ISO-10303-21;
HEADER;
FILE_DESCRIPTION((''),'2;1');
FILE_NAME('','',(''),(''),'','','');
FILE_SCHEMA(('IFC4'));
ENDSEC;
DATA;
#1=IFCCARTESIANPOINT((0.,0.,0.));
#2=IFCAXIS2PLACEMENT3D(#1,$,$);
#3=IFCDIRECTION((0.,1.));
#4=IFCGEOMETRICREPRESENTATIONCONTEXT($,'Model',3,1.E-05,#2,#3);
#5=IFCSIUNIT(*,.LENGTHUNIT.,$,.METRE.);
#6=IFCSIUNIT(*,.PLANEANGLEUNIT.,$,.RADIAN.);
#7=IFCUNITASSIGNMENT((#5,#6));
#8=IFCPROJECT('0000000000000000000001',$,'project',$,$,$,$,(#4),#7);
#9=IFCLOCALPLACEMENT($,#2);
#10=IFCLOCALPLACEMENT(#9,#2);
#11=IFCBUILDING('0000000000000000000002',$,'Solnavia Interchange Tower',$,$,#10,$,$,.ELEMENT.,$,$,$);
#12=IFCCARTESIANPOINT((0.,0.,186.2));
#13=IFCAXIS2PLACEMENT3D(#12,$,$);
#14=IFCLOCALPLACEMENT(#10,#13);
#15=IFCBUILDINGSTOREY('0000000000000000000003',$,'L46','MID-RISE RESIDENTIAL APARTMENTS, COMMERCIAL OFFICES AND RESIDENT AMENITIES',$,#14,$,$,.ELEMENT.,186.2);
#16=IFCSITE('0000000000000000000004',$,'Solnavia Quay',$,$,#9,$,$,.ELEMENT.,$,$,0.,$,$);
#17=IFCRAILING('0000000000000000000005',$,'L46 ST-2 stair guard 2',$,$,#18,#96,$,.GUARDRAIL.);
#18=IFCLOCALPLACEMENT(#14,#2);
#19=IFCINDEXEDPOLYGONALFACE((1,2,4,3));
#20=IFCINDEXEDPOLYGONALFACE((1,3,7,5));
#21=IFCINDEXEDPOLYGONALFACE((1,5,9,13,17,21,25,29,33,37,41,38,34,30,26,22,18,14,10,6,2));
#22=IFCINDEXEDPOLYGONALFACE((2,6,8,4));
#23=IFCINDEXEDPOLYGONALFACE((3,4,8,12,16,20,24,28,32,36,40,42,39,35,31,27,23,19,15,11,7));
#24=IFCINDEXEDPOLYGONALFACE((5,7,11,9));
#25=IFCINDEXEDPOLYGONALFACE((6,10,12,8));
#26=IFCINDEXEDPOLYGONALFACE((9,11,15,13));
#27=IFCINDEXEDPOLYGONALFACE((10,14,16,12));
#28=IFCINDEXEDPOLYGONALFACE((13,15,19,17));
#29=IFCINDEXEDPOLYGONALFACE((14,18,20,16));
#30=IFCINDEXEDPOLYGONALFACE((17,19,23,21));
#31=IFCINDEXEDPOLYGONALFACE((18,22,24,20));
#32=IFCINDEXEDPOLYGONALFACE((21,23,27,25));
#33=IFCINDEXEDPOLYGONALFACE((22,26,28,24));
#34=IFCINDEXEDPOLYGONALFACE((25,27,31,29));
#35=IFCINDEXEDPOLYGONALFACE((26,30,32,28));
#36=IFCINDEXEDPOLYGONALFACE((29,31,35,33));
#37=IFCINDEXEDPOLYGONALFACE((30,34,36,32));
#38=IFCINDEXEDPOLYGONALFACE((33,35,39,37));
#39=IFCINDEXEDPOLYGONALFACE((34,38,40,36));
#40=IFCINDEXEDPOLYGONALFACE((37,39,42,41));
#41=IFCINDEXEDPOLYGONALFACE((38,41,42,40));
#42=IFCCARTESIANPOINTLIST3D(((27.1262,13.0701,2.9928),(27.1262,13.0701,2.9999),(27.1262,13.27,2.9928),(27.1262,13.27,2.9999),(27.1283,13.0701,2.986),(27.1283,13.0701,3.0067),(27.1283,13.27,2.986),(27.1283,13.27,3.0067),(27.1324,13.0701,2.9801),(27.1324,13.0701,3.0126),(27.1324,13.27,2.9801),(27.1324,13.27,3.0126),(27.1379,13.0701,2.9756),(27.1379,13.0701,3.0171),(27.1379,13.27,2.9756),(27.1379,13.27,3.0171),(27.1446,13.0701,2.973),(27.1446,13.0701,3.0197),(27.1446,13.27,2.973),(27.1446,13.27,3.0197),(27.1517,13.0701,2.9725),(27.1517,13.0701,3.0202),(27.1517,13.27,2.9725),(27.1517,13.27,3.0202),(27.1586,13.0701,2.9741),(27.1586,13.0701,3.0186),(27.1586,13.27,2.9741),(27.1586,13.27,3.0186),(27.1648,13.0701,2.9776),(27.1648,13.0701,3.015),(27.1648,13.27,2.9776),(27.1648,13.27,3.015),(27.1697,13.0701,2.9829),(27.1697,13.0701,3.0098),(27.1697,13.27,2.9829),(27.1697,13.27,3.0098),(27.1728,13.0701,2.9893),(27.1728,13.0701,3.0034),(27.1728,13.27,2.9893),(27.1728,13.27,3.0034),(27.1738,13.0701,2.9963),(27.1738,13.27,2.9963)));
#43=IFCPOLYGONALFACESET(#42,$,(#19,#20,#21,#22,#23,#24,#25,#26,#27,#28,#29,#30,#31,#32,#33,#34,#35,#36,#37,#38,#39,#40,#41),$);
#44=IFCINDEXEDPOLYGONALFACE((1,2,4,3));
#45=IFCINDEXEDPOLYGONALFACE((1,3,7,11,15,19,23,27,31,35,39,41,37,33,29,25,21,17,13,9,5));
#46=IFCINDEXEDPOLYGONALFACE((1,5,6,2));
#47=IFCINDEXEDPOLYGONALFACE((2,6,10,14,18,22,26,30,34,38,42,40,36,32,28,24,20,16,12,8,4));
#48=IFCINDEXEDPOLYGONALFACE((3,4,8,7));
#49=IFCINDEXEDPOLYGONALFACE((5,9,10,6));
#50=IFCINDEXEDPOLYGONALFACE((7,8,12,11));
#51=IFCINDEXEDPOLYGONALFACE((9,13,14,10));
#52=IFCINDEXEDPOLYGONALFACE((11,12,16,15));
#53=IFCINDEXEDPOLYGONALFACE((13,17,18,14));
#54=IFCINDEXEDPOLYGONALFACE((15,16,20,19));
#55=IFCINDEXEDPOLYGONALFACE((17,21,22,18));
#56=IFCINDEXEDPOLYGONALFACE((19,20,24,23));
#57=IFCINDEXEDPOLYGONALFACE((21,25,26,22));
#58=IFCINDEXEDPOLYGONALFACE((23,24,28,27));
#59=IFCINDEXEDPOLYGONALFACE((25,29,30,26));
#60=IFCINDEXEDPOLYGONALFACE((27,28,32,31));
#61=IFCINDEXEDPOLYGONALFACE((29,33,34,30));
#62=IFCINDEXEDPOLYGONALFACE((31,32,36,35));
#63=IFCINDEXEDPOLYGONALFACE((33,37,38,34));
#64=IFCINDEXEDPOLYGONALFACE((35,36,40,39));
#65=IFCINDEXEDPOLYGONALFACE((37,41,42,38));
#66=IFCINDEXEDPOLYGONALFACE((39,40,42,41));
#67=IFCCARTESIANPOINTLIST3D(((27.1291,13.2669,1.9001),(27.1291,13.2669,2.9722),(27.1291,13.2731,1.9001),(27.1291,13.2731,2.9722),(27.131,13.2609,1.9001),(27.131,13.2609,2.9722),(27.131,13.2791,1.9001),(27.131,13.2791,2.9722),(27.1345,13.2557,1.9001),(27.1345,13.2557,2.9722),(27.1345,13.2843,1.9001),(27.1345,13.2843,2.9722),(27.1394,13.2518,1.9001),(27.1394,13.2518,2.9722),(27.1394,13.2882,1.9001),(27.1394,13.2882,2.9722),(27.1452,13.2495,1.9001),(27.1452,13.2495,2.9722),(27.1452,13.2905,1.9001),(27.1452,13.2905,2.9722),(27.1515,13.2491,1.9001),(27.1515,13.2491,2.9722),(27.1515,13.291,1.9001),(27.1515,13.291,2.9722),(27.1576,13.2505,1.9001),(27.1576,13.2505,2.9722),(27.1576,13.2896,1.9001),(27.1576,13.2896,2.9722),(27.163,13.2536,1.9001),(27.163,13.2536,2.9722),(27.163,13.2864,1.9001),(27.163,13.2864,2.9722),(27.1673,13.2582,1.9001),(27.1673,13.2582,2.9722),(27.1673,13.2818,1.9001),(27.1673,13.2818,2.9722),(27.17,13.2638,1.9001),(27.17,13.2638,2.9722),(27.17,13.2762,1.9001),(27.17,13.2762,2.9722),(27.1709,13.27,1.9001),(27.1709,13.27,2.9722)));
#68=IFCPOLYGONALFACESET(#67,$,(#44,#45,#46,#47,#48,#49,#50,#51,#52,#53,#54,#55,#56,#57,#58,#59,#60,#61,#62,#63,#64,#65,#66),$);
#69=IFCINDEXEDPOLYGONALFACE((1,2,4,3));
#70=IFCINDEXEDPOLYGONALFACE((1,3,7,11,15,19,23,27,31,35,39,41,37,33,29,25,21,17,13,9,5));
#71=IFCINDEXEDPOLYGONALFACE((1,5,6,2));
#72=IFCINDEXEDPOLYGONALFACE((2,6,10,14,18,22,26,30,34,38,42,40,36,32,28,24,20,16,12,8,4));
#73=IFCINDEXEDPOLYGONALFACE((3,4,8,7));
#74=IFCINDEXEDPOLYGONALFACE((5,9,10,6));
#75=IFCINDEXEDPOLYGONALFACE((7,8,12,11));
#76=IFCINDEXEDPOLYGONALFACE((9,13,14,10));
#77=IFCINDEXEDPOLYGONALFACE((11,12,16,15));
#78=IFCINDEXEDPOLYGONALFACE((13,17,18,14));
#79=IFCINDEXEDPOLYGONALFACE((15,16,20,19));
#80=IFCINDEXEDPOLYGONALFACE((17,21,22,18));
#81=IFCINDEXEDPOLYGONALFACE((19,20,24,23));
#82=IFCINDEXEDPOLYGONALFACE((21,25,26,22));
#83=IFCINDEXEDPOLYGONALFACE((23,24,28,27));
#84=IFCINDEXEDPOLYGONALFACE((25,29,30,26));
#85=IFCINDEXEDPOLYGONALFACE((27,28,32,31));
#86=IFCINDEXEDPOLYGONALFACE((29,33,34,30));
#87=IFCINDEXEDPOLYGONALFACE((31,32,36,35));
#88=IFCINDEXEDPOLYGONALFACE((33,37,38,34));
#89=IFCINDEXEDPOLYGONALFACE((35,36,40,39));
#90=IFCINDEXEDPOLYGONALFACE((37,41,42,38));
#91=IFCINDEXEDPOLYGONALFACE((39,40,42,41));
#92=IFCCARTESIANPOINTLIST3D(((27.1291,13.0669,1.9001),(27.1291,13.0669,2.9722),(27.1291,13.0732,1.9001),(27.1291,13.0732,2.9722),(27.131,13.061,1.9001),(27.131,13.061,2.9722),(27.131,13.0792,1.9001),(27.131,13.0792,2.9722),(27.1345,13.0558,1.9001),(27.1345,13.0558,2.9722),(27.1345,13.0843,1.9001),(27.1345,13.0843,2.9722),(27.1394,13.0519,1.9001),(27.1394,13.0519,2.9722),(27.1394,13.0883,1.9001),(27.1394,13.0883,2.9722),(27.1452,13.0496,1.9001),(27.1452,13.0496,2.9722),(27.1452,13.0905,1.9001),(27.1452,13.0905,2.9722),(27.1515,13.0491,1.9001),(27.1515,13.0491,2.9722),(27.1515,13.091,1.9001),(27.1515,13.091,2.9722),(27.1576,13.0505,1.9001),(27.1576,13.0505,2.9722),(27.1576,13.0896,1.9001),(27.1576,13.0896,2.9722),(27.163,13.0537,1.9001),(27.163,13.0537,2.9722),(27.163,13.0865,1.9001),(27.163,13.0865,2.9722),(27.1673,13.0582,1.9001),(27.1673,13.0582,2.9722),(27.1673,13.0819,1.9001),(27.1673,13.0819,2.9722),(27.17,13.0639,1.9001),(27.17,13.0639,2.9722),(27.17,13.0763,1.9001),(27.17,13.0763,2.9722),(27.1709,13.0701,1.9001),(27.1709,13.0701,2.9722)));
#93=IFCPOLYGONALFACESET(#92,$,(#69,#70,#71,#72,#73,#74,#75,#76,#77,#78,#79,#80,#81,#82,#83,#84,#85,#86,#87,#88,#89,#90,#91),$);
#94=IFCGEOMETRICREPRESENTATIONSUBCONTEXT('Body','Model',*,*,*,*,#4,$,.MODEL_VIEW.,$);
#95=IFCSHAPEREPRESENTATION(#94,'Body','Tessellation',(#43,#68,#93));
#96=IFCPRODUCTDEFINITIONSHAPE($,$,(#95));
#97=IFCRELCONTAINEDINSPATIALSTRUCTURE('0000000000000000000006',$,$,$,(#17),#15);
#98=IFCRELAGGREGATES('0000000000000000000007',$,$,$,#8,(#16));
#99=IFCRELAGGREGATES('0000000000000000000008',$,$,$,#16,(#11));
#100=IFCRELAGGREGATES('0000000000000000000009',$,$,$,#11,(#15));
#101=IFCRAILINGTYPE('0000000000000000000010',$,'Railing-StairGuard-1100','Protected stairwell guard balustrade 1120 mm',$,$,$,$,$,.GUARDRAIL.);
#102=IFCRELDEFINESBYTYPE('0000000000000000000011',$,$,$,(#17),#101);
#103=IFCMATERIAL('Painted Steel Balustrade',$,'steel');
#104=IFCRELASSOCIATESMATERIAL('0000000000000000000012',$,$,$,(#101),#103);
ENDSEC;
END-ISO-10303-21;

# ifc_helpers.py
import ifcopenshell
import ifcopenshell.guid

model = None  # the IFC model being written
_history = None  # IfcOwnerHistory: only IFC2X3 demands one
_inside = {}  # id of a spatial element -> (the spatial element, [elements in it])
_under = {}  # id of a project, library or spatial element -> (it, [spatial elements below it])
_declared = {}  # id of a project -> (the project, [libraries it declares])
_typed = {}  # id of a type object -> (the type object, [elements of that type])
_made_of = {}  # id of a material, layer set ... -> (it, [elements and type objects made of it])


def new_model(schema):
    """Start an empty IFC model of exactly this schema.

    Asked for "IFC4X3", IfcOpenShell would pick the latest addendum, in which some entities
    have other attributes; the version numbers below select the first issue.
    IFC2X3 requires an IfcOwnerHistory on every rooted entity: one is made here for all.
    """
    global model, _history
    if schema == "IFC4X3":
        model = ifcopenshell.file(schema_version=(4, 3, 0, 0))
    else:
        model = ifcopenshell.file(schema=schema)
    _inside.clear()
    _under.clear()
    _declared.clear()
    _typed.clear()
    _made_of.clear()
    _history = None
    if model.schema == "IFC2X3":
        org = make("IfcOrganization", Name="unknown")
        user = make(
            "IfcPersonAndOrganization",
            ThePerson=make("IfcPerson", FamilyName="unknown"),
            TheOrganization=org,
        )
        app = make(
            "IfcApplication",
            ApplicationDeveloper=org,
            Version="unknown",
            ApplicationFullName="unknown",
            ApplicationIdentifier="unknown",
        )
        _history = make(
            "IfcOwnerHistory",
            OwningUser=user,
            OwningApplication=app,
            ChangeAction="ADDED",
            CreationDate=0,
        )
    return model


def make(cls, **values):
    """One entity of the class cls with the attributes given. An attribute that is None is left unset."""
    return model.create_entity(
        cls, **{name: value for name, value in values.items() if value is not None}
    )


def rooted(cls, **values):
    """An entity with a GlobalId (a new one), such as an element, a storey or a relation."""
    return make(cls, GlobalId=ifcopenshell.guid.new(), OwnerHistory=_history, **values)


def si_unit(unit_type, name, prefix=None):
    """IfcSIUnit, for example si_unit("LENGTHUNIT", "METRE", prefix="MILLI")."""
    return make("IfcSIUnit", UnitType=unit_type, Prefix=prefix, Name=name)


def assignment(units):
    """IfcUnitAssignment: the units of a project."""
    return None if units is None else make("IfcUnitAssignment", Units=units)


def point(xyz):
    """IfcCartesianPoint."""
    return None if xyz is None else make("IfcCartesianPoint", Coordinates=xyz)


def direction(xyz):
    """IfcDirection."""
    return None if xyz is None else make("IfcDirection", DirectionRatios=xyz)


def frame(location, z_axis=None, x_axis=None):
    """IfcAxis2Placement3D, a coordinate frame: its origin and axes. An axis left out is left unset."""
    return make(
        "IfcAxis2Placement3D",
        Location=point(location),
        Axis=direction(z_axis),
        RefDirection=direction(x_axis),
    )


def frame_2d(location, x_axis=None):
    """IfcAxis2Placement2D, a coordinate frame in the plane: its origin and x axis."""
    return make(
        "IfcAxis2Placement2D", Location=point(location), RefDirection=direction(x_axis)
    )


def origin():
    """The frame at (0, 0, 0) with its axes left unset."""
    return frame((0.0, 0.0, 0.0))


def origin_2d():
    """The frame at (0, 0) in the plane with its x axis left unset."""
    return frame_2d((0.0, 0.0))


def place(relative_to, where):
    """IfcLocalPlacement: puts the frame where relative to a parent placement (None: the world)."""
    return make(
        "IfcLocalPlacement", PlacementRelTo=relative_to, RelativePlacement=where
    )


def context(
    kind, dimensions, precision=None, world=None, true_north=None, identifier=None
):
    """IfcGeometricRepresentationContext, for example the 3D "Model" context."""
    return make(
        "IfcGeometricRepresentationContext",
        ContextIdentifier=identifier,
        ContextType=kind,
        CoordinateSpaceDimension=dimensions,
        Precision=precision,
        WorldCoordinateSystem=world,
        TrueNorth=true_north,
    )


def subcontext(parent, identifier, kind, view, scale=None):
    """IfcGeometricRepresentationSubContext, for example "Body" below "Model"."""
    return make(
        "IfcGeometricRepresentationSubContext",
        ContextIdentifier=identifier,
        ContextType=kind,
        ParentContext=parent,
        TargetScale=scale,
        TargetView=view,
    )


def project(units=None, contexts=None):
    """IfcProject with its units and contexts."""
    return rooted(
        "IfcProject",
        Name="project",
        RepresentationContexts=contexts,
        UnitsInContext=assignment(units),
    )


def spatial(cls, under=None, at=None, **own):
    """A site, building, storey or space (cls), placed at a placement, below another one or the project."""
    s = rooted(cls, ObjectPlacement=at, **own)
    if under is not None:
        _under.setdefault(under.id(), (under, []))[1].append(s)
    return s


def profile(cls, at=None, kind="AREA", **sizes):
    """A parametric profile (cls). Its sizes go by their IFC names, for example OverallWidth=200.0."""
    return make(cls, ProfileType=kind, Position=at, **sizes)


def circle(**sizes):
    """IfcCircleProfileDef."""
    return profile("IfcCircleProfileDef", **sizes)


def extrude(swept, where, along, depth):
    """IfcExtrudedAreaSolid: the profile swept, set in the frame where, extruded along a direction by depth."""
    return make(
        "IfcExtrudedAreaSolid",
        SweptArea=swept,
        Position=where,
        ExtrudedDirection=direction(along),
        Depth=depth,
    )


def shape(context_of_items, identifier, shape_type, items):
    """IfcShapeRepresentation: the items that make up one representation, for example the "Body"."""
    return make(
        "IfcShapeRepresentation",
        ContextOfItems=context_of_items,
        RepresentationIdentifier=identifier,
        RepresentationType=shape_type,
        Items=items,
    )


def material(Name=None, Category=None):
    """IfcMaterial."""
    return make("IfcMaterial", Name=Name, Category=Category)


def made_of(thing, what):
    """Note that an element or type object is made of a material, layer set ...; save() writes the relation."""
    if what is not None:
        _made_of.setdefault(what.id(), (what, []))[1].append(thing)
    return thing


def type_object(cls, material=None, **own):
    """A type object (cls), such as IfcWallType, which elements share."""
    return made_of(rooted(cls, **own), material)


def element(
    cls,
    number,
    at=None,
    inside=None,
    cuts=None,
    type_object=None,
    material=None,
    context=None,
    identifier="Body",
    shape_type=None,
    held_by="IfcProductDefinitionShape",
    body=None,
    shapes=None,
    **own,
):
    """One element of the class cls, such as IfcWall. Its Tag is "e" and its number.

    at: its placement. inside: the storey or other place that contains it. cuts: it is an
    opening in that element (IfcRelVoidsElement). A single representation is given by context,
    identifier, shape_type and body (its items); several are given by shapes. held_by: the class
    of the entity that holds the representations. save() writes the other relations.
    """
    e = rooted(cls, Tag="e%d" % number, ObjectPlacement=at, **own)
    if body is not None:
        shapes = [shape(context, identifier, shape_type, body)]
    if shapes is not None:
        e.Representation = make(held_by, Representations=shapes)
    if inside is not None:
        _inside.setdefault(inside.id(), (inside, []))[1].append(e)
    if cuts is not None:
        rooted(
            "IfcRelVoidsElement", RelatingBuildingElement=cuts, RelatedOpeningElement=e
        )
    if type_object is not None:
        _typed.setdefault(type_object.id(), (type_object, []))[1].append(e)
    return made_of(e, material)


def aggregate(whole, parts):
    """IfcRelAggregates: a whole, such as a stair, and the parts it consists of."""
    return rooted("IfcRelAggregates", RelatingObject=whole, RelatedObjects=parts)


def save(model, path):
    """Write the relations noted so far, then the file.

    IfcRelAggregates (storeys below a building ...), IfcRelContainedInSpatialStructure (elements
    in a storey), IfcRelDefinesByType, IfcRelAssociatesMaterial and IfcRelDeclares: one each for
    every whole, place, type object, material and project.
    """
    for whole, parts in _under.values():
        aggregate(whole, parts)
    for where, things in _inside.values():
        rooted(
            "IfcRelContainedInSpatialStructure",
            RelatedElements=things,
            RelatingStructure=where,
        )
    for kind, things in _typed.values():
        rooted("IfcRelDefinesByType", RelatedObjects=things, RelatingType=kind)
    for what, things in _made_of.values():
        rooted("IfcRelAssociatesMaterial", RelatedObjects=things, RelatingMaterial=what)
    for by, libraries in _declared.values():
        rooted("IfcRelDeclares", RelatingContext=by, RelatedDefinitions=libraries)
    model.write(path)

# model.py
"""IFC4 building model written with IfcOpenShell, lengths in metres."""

from ifc_helpers import new_model, si_unit, direction, frame, origin, origin_2d, place, context, subcontext, project, spatial, circle, extrude, material, type_object, element, save


model = new_model("IFC4")

# Units and contexts
model_context = context("Model", 3, precision=1e-05, world=origin(), true_north=direction((0.0, 1.0)))
body_context = subcontext(model_context, "Body", "Model", "MODEL_VIEW")
ifc_project = project(units=[si_unit("LENGTHUNIT", "METRE"), si_unit("PLANEANGLEUNIT", "RADIAN")], contexts=[model_context])

# Site, building, storey
site_placement = place(None, origin())
site = spatial("IfcSite", under=ifc_project, at=site_placement, Name="Solnavia Quay", CompositionType="ELEMENT", RefElevation=0.0)
building_placement = place(site_placement, origin())
building = spatial("IfcBuilding", under=site, at=building_placement, Name="Solnavia Interchange Tower", CompositionType="ELEMENT")
storey_placement = place(building_placement, frame((0.0, 0.0, 186.2)))
storey = spatial("IfcBuildingStorey", under=building, at=storey_placement, Name="L46", Description="MID-RISE RESIDENTIAL APARTMENTS, COMMERCIAL OFFICES AND RESIDENT AMENITIES", CompositionType="ELEMENT", Elevation=186.2)

# Railing
ifc_material_1 = material(Name="Painted Steel Balustrade", Category="steel")
railing_type_1 = type_object("IfcRailingType", Name="Railing-StairGuard-1100", Description="Protected stairwell guard balustrade 1120 mm", PredefinedType="GUARDRAIL", material=ifc_material_1)
railing_1_placement = place(storey_placement, frame((27.1499, 13.27, 1.9001)))
element("IfcRailing", 1, at=railing_1_placement, inside=storey, type_object=railing_type_1, Name="L46 ST-2 stair guard 2", PredefinedType="GUARDRAIL", context=body_context, shape_type="SweptSolid", body=[
    extrude(circle(Radius=0.0239, at=origin_2d()), frame((0.0, 0.0, 1.0962), z_axis=(0.0, -1.0, 0.0), x_axis=(1.0, 0.0, 0.0)), (0.0, 0.0, 1.0), 0.2),
    extrude(circle(Radius=0.021, at=origin_2d()), origin(), (0.0, 0.0, 1.0), 1.072),
    extrude(circle(Radius=0.021, at=origin_2d()), frame((0.0, -0.2, 0.0)), (0.0, 0.0, 1.0), 1.072),
])

save(model, "model.ifc")
